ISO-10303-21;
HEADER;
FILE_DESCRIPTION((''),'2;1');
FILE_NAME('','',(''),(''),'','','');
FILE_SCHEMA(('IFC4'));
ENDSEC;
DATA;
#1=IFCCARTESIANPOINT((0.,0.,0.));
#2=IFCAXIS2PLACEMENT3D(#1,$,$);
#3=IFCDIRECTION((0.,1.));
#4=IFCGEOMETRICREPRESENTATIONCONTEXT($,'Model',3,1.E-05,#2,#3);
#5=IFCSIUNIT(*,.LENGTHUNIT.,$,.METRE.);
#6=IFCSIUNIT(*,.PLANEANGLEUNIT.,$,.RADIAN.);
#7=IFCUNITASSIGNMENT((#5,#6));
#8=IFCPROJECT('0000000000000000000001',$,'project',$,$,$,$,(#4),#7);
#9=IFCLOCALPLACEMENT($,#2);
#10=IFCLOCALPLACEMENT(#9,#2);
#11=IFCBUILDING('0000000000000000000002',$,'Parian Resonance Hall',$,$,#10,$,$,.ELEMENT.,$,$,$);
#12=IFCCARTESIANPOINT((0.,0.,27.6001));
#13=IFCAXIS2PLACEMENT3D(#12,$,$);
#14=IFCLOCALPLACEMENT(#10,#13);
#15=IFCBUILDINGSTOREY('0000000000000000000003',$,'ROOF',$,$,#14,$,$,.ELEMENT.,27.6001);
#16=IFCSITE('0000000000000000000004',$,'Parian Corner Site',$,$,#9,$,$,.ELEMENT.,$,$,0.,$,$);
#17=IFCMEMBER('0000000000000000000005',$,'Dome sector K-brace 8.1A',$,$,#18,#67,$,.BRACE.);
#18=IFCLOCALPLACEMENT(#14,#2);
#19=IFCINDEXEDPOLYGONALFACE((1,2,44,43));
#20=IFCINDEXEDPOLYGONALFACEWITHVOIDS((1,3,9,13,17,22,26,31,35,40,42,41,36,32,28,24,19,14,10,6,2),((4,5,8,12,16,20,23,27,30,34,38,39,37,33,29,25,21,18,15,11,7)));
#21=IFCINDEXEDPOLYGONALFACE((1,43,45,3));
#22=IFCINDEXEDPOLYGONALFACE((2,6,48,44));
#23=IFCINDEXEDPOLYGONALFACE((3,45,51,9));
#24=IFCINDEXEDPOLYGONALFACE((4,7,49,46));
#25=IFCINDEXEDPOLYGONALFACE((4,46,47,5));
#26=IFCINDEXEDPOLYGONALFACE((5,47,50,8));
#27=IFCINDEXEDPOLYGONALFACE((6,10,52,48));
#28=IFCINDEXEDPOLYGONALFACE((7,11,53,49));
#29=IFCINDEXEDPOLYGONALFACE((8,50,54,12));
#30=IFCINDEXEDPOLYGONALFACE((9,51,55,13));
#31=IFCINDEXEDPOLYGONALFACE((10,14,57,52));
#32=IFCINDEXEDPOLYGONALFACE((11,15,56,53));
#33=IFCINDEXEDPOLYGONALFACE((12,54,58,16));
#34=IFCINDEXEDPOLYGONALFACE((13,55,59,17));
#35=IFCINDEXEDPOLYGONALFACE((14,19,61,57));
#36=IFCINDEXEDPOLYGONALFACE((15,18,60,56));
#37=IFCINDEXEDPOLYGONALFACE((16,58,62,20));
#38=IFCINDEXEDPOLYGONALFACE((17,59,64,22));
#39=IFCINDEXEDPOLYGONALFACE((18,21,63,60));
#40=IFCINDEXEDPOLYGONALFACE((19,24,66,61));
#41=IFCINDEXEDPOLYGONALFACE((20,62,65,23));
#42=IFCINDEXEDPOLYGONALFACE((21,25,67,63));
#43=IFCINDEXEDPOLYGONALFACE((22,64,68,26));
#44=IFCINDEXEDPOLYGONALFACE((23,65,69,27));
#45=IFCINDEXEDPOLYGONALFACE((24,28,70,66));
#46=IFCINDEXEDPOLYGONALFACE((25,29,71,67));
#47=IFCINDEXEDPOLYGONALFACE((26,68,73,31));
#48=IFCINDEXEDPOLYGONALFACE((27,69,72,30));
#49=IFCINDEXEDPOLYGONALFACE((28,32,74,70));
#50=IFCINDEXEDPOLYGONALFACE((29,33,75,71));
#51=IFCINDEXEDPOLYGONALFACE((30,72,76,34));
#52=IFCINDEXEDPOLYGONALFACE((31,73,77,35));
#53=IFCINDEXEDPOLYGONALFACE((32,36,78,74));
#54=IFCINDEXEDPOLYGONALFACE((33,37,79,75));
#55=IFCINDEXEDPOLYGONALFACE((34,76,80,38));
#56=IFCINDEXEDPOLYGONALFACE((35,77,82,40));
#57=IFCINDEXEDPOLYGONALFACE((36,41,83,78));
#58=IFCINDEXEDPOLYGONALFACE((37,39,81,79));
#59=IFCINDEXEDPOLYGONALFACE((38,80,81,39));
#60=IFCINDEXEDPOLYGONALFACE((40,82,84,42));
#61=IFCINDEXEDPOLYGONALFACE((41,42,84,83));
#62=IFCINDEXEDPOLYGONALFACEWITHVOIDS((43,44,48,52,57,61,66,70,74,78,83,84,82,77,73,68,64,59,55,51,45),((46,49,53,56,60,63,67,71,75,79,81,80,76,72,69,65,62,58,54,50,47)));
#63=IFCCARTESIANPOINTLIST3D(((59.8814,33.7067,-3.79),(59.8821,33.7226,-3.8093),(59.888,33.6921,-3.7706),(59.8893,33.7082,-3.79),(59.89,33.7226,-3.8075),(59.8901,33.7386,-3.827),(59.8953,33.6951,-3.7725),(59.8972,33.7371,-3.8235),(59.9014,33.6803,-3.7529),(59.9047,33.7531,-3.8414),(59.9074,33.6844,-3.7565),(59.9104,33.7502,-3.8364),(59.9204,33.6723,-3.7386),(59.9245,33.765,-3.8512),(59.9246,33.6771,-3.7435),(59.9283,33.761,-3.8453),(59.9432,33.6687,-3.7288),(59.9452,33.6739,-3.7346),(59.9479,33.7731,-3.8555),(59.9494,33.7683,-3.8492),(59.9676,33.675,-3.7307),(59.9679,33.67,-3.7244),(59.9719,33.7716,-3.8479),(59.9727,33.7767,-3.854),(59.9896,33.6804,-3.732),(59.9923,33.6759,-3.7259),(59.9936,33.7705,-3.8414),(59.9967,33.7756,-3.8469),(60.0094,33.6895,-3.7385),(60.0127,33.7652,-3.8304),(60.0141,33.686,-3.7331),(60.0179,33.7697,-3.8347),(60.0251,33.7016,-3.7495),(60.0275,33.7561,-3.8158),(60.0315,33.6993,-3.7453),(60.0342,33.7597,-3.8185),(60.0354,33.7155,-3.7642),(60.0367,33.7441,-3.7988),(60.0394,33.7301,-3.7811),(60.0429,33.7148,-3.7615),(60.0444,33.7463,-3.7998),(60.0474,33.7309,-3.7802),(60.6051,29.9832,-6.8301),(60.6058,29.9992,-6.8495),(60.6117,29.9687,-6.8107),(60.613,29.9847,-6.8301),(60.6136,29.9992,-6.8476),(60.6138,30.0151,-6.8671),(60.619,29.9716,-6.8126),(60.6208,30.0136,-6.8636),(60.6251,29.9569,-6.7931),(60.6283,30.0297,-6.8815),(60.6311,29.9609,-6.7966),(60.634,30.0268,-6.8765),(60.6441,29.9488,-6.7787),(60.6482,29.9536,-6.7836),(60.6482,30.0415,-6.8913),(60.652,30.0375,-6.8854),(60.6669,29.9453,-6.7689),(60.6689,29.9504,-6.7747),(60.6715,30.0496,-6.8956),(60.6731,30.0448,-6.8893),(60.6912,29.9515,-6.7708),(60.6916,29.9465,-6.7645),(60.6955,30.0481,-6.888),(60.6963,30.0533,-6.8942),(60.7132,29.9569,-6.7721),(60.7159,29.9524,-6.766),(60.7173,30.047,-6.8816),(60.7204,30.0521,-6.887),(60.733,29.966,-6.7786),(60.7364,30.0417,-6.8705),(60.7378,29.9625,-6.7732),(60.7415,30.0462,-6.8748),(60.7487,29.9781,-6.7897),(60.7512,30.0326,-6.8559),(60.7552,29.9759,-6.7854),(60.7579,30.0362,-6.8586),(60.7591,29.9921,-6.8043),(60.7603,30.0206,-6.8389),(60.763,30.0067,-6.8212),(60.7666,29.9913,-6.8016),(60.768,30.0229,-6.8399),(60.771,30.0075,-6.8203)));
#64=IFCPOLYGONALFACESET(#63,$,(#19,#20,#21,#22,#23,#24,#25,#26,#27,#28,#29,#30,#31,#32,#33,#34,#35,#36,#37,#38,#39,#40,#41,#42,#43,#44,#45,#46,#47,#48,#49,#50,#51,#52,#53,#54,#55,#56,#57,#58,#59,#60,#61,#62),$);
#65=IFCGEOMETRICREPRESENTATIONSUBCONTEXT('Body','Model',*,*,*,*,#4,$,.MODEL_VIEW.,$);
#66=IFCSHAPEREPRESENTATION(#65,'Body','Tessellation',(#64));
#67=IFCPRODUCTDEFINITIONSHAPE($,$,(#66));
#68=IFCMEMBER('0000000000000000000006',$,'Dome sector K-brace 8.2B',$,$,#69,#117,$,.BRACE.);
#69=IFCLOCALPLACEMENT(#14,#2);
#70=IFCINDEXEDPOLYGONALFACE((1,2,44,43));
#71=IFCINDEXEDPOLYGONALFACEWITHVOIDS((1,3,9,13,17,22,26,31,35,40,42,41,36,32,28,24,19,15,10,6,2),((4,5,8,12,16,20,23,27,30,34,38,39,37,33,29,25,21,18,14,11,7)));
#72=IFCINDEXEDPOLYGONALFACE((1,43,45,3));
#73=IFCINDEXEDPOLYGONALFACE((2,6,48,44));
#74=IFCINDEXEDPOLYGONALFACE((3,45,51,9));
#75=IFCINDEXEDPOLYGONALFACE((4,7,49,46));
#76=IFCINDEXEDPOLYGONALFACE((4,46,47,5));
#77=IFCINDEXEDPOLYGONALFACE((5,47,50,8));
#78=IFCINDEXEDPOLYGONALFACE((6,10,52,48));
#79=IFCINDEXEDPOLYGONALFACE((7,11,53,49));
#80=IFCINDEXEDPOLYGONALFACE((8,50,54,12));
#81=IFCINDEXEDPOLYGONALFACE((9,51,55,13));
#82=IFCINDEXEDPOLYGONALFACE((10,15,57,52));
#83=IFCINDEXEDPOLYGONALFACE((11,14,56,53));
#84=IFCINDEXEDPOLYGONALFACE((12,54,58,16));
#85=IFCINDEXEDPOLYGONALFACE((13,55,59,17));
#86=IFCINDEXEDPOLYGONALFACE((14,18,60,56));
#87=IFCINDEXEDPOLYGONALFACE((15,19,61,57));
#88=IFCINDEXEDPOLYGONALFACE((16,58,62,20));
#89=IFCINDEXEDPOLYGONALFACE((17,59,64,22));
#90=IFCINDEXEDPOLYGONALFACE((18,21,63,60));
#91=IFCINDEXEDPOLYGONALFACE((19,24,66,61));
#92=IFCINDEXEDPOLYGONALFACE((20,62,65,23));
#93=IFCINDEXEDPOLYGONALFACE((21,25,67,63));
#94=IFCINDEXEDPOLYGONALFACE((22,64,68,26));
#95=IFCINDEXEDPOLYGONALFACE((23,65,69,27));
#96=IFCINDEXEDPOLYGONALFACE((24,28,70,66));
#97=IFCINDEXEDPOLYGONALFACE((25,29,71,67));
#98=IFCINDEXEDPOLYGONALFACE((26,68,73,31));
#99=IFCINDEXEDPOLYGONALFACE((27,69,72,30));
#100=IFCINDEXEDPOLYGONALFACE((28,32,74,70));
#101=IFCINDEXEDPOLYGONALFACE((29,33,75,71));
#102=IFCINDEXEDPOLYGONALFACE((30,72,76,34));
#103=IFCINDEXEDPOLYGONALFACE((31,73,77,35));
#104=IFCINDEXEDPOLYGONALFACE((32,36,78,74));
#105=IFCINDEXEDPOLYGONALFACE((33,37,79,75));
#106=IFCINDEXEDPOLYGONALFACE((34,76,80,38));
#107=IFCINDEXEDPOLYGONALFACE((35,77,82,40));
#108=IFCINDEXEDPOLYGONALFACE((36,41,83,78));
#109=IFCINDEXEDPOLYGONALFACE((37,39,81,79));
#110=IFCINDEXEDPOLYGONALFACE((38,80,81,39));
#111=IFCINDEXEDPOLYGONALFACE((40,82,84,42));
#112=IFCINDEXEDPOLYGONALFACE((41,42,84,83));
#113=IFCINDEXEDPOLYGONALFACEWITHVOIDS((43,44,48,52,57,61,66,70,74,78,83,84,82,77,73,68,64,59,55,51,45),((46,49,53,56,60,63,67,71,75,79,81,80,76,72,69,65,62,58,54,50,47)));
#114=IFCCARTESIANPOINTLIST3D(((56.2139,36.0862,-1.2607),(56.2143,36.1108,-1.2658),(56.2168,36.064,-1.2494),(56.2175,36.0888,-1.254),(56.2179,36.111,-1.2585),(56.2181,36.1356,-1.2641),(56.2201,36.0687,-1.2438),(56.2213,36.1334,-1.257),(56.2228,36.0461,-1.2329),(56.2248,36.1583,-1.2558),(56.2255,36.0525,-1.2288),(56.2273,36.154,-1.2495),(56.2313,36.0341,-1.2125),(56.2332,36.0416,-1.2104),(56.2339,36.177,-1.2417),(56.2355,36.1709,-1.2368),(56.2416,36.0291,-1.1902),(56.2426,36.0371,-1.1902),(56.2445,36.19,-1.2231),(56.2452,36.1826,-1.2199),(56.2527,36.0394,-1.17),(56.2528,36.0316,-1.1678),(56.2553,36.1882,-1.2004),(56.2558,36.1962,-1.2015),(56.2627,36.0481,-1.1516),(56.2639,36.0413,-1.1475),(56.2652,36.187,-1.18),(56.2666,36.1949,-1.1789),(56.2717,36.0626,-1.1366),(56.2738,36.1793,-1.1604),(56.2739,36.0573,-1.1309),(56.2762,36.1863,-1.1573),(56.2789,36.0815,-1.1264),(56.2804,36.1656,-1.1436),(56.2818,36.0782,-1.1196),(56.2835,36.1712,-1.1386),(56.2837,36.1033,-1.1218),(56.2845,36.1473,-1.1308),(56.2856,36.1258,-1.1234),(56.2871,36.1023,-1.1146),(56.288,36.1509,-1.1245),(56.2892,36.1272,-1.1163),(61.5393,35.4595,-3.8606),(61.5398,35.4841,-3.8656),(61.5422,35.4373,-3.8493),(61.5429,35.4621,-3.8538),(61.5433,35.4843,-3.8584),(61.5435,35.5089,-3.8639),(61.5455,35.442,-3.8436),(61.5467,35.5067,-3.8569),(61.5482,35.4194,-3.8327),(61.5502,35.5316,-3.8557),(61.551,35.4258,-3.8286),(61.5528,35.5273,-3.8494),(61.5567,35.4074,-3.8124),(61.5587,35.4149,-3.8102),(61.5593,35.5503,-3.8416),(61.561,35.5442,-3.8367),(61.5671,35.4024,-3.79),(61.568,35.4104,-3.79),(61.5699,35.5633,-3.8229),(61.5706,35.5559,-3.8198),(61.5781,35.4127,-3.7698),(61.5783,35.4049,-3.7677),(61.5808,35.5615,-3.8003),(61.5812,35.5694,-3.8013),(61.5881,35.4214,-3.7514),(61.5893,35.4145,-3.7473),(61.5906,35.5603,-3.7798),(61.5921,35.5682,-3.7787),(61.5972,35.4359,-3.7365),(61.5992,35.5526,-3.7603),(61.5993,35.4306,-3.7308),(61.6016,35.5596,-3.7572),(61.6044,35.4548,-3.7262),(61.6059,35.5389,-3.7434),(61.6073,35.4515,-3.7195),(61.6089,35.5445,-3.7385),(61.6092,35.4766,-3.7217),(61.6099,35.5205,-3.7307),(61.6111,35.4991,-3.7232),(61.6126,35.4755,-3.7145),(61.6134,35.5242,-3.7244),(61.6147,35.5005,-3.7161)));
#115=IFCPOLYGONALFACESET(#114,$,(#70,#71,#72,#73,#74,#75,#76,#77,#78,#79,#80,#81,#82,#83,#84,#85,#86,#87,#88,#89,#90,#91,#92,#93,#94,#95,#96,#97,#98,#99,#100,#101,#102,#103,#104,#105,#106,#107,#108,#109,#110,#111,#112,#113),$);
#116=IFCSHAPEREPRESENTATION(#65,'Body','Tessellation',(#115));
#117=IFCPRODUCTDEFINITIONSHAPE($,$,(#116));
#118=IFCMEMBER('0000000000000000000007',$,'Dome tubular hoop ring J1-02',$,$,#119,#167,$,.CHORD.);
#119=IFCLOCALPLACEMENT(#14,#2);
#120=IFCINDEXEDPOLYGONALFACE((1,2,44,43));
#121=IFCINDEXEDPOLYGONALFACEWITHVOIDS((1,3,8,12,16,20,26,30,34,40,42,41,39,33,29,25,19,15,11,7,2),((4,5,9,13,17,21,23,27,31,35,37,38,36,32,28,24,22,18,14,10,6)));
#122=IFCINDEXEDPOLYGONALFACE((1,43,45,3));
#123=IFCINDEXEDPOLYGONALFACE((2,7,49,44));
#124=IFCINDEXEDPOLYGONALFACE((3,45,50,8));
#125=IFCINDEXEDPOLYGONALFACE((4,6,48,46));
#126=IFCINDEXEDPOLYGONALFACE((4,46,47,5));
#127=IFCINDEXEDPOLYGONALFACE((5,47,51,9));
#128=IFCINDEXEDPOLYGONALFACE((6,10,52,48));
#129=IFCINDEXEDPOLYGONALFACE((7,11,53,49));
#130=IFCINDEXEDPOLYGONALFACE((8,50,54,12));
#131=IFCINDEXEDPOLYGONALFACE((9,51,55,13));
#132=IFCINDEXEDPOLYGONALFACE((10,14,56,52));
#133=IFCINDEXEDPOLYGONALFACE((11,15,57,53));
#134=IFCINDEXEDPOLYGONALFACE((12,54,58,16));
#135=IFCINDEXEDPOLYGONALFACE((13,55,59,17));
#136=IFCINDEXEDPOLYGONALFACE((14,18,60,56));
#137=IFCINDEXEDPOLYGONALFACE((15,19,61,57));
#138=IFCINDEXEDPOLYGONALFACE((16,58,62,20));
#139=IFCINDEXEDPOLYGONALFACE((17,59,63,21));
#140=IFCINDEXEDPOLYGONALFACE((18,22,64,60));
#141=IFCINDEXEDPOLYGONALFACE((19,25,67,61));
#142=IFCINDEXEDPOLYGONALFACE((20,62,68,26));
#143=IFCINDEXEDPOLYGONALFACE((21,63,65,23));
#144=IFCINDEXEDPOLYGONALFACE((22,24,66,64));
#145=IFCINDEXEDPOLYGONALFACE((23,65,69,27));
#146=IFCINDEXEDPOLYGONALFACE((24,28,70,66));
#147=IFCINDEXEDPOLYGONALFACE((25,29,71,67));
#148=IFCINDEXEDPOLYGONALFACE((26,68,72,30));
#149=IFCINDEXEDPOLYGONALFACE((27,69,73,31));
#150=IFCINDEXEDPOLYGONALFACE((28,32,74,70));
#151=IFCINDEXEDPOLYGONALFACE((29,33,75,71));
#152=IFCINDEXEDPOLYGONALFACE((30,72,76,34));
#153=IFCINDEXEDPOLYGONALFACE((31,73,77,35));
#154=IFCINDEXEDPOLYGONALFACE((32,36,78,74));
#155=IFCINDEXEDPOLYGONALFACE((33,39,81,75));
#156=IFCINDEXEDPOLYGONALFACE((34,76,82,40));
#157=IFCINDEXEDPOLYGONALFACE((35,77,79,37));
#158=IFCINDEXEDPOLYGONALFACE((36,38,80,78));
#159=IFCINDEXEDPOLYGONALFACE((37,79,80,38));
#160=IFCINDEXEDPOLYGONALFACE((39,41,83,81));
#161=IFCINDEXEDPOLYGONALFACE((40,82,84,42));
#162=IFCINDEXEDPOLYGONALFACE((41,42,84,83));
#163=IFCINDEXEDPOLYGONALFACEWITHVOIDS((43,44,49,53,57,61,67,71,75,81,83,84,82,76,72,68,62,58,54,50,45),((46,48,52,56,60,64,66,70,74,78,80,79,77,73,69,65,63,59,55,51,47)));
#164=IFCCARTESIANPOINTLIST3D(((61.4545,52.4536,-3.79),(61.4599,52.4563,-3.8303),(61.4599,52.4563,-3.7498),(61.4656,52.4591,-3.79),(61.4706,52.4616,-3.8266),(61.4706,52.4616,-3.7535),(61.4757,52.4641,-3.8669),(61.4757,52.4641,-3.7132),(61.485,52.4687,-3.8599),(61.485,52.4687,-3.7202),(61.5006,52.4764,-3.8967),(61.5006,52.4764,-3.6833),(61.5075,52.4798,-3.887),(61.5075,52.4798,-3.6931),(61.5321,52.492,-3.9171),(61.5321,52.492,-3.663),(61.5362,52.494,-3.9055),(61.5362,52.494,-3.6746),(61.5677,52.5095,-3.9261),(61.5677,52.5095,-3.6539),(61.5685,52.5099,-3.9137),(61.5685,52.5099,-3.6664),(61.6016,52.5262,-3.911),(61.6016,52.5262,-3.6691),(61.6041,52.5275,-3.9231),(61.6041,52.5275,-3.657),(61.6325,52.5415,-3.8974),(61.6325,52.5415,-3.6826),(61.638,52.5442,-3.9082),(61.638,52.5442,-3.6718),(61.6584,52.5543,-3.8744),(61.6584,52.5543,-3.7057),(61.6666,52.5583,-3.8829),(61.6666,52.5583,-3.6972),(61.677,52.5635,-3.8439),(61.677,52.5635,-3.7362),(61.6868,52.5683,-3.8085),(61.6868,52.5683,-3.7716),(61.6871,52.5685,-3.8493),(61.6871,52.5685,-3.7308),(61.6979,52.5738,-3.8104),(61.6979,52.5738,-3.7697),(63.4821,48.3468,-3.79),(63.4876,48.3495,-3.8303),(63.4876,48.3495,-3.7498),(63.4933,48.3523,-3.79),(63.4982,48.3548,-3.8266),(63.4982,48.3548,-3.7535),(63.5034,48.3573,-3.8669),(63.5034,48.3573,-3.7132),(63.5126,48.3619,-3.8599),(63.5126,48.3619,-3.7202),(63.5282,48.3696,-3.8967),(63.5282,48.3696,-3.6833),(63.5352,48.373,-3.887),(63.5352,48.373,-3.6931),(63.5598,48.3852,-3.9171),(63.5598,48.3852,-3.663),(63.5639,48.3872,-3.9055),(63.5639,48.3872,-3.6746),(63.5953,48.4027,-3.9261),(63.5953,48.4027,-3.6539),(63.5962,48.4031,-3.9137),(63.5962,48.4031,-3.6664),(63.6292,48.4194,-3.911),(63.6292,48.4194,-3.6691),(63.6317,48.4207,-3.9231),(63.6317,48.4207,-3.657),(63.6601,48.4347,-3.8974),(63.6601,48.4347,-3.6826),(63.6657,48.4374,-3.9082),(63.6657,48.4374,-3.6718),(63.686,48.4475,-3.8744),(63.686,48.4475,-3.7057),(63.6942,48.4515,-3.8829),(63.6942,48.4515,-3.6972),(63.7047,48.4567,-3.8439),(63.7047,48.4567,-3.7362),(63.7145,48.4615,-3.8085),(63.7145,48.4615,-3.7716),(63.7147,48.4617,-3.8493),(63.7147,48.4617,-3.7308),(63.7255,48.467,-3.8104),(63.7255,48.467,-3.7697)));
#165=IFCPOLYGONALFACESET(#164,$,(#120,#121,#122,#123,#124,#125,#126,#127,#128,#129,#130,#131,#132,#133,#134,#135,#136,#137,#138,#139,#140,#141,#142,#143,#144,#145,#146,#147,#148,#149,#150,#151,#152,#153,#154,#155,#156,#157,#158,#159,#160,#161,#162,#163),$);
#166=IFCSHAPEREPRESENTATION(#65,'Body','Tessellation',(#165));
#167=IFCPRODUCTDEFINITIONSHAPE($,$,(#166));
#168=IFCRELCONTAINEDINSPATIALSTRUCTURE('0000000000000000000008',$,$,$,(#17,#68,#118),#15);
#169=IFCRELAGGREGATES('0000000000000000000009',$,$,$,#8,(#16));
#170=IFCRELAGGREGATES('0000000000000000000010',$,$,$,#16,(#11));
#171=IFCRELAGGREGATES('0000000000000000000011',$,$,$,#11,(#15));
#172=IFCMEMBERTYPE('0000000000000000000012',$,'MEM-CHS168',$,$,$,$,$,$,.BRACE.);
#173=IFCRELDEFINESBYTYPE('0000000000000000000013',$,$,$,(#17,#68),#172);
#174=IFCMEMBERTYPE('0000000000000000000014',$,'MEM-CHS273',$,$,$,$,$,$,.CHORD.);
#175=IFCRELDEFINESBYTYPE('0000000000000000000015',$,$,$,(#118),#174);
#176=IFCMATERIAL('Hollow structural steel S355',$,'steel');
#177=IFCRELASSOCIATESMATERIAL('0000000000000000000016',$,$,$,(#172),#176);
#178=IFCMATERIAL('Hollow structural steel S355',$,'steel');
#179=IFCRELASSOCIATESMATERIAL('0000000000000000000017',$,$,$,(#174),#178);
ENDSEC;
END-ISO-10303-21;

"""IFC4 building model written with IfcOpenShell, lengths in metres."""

from ifc_helpers import new_model, si_unit, direction, frame, origin, origin_2d, place, context, subcontext, project, spatial, hollow_circle, extrude, material, material_profile, profile_set, type_object, element, save


model = new_model("IFC4")

# Units and contexts
model_context = context("Model", 3, precision=1e-05, world=origin(), true_north=direction((0.0, 1.0)))
body_context = subcontext(model_context, "Body", "Model", "MODEL_VIEW")
ifc_project = project(units=[si_unit("LENGTHUNIT", "METRE"), si_unit("PLANEANGLEUNIT", "RADIAN")], contexts=[model_context])

# Site, building, storey
site_placement = place(None, origin())
site = spatial("IfcSite", under=ifc_project, at=site_placement, Name="Parian Corner Site", CompositionType="ELEMENT", RefElevation=0.0)
building_placement = place(site_placement, origin())
building = spatial("IfcBuilding", under=site, at=building_placement, Name="Parian Resonance Hall", CompositionType="ELEMENT")
storey_placement = place(building_placement, frame((0.0, 0.0, 27.6001)))
storey = spatial("IfcBuildingStorey", under=building, at=storey_placement, Name="ROOF", CompositionType="ELEMENT", Elevation=27.6001)

# Members
ifc_material_1 = material(Name="Hollow structural steel S355", Category="steel")
ifc_material_profile_1 = material_profile(ifc_material_1, hollow_circle(Radius=0.0842, WallThickness=0.0081, at=origin_2d()), Name="CHS168.3x8")
ifc_profile_set_1 = profile_set([ifc_material_profile_1], Name="Hollow structural steel S355")
member_type_1 = type_object("IfcMemberType", Name="MEM-CHS168", PredefinedType="BRACE", material=ifc_profile_set_1)
member_1_placement = place(storey_placement, frame((60.6877, 29.9993, -6.8301), z_axis=(-0.148866, 0.765975, 0.625397), x_axis=(-0.981633, -0.190778, 0.0)))
element("IfcMember", 1, at=member_1_placement, inside=storey, type_object=member_type_1, Name="Dome sector K-brace 8.1A", PredefinedType="BRACE", context=body_context, shape_type="SweptSolid", body=[
    extrude(hollow_circle(Radius=0.0842, WallThickness=0.0081, at=origin_2d()), origin(), (0.0, 0.0, 1.0), 4.8611),
])
member_2_placement = place(storey_placement, frame((61.5769, 35.4861, -3.79), z_axis=(-0.893647, 0.105166, 0.436274), x_axis=(-0.116876, -0.993147, 0.0)))
element("IfcMember", 2, at=member_2_placement, inside=storey, type_object=member_type_1, Name="Dome sector K-brace 8.2B", PredefinedType="BRACE", context=body_context, shape_type="SweptSolid", body=[
    extrude(hollow_circle(Radius=0.0842, WallThickness=0.0081, at=origin_2d()), origin(), (0.0, 0.0, 1.0), 5.9592),
])
ifc_material_2 = material(Name="Hollow structural steel S355", Category="steel")
ifc_material_profile_2 = material_profile(ifc_material_2, hollow_circle(Radius=0.1365, WallThickness=0.0125, at=origin_2d()), Name="CHS273x12.5")
ifc_profile_set_2 = profile_set([ifc_material_profile_2], Name="Hollow structural steel S355")
member_type_2 = type_object("IfcMemberType", Name="MEM-CHS273", PredefinedType="CHORD", material=ifc_profile_set_2)
member_3_placement = place(storey_placement, frame((63.6045, 48.4072, -3.79), z_axis=(-0.442709, 0.896665, 0.0), x_axis=(-0.896665, -0.442709, 0.0)))
element("IfcMember", 3, at=member_3_placement, inside=storey, type_object=member_type_2, Name="Dome tubular hoop ring J1-02", PredefinedType="CHORD", context=body_context, shape_type="SweptSolid", body=[
    extrude(hollow_circle(Radius=0.1365, WallThickness=0.0125, at=origin_2d()), origin(), (0.0, 0.0, 1.0), 4.5801),
])

save(model, "model.ifc")
